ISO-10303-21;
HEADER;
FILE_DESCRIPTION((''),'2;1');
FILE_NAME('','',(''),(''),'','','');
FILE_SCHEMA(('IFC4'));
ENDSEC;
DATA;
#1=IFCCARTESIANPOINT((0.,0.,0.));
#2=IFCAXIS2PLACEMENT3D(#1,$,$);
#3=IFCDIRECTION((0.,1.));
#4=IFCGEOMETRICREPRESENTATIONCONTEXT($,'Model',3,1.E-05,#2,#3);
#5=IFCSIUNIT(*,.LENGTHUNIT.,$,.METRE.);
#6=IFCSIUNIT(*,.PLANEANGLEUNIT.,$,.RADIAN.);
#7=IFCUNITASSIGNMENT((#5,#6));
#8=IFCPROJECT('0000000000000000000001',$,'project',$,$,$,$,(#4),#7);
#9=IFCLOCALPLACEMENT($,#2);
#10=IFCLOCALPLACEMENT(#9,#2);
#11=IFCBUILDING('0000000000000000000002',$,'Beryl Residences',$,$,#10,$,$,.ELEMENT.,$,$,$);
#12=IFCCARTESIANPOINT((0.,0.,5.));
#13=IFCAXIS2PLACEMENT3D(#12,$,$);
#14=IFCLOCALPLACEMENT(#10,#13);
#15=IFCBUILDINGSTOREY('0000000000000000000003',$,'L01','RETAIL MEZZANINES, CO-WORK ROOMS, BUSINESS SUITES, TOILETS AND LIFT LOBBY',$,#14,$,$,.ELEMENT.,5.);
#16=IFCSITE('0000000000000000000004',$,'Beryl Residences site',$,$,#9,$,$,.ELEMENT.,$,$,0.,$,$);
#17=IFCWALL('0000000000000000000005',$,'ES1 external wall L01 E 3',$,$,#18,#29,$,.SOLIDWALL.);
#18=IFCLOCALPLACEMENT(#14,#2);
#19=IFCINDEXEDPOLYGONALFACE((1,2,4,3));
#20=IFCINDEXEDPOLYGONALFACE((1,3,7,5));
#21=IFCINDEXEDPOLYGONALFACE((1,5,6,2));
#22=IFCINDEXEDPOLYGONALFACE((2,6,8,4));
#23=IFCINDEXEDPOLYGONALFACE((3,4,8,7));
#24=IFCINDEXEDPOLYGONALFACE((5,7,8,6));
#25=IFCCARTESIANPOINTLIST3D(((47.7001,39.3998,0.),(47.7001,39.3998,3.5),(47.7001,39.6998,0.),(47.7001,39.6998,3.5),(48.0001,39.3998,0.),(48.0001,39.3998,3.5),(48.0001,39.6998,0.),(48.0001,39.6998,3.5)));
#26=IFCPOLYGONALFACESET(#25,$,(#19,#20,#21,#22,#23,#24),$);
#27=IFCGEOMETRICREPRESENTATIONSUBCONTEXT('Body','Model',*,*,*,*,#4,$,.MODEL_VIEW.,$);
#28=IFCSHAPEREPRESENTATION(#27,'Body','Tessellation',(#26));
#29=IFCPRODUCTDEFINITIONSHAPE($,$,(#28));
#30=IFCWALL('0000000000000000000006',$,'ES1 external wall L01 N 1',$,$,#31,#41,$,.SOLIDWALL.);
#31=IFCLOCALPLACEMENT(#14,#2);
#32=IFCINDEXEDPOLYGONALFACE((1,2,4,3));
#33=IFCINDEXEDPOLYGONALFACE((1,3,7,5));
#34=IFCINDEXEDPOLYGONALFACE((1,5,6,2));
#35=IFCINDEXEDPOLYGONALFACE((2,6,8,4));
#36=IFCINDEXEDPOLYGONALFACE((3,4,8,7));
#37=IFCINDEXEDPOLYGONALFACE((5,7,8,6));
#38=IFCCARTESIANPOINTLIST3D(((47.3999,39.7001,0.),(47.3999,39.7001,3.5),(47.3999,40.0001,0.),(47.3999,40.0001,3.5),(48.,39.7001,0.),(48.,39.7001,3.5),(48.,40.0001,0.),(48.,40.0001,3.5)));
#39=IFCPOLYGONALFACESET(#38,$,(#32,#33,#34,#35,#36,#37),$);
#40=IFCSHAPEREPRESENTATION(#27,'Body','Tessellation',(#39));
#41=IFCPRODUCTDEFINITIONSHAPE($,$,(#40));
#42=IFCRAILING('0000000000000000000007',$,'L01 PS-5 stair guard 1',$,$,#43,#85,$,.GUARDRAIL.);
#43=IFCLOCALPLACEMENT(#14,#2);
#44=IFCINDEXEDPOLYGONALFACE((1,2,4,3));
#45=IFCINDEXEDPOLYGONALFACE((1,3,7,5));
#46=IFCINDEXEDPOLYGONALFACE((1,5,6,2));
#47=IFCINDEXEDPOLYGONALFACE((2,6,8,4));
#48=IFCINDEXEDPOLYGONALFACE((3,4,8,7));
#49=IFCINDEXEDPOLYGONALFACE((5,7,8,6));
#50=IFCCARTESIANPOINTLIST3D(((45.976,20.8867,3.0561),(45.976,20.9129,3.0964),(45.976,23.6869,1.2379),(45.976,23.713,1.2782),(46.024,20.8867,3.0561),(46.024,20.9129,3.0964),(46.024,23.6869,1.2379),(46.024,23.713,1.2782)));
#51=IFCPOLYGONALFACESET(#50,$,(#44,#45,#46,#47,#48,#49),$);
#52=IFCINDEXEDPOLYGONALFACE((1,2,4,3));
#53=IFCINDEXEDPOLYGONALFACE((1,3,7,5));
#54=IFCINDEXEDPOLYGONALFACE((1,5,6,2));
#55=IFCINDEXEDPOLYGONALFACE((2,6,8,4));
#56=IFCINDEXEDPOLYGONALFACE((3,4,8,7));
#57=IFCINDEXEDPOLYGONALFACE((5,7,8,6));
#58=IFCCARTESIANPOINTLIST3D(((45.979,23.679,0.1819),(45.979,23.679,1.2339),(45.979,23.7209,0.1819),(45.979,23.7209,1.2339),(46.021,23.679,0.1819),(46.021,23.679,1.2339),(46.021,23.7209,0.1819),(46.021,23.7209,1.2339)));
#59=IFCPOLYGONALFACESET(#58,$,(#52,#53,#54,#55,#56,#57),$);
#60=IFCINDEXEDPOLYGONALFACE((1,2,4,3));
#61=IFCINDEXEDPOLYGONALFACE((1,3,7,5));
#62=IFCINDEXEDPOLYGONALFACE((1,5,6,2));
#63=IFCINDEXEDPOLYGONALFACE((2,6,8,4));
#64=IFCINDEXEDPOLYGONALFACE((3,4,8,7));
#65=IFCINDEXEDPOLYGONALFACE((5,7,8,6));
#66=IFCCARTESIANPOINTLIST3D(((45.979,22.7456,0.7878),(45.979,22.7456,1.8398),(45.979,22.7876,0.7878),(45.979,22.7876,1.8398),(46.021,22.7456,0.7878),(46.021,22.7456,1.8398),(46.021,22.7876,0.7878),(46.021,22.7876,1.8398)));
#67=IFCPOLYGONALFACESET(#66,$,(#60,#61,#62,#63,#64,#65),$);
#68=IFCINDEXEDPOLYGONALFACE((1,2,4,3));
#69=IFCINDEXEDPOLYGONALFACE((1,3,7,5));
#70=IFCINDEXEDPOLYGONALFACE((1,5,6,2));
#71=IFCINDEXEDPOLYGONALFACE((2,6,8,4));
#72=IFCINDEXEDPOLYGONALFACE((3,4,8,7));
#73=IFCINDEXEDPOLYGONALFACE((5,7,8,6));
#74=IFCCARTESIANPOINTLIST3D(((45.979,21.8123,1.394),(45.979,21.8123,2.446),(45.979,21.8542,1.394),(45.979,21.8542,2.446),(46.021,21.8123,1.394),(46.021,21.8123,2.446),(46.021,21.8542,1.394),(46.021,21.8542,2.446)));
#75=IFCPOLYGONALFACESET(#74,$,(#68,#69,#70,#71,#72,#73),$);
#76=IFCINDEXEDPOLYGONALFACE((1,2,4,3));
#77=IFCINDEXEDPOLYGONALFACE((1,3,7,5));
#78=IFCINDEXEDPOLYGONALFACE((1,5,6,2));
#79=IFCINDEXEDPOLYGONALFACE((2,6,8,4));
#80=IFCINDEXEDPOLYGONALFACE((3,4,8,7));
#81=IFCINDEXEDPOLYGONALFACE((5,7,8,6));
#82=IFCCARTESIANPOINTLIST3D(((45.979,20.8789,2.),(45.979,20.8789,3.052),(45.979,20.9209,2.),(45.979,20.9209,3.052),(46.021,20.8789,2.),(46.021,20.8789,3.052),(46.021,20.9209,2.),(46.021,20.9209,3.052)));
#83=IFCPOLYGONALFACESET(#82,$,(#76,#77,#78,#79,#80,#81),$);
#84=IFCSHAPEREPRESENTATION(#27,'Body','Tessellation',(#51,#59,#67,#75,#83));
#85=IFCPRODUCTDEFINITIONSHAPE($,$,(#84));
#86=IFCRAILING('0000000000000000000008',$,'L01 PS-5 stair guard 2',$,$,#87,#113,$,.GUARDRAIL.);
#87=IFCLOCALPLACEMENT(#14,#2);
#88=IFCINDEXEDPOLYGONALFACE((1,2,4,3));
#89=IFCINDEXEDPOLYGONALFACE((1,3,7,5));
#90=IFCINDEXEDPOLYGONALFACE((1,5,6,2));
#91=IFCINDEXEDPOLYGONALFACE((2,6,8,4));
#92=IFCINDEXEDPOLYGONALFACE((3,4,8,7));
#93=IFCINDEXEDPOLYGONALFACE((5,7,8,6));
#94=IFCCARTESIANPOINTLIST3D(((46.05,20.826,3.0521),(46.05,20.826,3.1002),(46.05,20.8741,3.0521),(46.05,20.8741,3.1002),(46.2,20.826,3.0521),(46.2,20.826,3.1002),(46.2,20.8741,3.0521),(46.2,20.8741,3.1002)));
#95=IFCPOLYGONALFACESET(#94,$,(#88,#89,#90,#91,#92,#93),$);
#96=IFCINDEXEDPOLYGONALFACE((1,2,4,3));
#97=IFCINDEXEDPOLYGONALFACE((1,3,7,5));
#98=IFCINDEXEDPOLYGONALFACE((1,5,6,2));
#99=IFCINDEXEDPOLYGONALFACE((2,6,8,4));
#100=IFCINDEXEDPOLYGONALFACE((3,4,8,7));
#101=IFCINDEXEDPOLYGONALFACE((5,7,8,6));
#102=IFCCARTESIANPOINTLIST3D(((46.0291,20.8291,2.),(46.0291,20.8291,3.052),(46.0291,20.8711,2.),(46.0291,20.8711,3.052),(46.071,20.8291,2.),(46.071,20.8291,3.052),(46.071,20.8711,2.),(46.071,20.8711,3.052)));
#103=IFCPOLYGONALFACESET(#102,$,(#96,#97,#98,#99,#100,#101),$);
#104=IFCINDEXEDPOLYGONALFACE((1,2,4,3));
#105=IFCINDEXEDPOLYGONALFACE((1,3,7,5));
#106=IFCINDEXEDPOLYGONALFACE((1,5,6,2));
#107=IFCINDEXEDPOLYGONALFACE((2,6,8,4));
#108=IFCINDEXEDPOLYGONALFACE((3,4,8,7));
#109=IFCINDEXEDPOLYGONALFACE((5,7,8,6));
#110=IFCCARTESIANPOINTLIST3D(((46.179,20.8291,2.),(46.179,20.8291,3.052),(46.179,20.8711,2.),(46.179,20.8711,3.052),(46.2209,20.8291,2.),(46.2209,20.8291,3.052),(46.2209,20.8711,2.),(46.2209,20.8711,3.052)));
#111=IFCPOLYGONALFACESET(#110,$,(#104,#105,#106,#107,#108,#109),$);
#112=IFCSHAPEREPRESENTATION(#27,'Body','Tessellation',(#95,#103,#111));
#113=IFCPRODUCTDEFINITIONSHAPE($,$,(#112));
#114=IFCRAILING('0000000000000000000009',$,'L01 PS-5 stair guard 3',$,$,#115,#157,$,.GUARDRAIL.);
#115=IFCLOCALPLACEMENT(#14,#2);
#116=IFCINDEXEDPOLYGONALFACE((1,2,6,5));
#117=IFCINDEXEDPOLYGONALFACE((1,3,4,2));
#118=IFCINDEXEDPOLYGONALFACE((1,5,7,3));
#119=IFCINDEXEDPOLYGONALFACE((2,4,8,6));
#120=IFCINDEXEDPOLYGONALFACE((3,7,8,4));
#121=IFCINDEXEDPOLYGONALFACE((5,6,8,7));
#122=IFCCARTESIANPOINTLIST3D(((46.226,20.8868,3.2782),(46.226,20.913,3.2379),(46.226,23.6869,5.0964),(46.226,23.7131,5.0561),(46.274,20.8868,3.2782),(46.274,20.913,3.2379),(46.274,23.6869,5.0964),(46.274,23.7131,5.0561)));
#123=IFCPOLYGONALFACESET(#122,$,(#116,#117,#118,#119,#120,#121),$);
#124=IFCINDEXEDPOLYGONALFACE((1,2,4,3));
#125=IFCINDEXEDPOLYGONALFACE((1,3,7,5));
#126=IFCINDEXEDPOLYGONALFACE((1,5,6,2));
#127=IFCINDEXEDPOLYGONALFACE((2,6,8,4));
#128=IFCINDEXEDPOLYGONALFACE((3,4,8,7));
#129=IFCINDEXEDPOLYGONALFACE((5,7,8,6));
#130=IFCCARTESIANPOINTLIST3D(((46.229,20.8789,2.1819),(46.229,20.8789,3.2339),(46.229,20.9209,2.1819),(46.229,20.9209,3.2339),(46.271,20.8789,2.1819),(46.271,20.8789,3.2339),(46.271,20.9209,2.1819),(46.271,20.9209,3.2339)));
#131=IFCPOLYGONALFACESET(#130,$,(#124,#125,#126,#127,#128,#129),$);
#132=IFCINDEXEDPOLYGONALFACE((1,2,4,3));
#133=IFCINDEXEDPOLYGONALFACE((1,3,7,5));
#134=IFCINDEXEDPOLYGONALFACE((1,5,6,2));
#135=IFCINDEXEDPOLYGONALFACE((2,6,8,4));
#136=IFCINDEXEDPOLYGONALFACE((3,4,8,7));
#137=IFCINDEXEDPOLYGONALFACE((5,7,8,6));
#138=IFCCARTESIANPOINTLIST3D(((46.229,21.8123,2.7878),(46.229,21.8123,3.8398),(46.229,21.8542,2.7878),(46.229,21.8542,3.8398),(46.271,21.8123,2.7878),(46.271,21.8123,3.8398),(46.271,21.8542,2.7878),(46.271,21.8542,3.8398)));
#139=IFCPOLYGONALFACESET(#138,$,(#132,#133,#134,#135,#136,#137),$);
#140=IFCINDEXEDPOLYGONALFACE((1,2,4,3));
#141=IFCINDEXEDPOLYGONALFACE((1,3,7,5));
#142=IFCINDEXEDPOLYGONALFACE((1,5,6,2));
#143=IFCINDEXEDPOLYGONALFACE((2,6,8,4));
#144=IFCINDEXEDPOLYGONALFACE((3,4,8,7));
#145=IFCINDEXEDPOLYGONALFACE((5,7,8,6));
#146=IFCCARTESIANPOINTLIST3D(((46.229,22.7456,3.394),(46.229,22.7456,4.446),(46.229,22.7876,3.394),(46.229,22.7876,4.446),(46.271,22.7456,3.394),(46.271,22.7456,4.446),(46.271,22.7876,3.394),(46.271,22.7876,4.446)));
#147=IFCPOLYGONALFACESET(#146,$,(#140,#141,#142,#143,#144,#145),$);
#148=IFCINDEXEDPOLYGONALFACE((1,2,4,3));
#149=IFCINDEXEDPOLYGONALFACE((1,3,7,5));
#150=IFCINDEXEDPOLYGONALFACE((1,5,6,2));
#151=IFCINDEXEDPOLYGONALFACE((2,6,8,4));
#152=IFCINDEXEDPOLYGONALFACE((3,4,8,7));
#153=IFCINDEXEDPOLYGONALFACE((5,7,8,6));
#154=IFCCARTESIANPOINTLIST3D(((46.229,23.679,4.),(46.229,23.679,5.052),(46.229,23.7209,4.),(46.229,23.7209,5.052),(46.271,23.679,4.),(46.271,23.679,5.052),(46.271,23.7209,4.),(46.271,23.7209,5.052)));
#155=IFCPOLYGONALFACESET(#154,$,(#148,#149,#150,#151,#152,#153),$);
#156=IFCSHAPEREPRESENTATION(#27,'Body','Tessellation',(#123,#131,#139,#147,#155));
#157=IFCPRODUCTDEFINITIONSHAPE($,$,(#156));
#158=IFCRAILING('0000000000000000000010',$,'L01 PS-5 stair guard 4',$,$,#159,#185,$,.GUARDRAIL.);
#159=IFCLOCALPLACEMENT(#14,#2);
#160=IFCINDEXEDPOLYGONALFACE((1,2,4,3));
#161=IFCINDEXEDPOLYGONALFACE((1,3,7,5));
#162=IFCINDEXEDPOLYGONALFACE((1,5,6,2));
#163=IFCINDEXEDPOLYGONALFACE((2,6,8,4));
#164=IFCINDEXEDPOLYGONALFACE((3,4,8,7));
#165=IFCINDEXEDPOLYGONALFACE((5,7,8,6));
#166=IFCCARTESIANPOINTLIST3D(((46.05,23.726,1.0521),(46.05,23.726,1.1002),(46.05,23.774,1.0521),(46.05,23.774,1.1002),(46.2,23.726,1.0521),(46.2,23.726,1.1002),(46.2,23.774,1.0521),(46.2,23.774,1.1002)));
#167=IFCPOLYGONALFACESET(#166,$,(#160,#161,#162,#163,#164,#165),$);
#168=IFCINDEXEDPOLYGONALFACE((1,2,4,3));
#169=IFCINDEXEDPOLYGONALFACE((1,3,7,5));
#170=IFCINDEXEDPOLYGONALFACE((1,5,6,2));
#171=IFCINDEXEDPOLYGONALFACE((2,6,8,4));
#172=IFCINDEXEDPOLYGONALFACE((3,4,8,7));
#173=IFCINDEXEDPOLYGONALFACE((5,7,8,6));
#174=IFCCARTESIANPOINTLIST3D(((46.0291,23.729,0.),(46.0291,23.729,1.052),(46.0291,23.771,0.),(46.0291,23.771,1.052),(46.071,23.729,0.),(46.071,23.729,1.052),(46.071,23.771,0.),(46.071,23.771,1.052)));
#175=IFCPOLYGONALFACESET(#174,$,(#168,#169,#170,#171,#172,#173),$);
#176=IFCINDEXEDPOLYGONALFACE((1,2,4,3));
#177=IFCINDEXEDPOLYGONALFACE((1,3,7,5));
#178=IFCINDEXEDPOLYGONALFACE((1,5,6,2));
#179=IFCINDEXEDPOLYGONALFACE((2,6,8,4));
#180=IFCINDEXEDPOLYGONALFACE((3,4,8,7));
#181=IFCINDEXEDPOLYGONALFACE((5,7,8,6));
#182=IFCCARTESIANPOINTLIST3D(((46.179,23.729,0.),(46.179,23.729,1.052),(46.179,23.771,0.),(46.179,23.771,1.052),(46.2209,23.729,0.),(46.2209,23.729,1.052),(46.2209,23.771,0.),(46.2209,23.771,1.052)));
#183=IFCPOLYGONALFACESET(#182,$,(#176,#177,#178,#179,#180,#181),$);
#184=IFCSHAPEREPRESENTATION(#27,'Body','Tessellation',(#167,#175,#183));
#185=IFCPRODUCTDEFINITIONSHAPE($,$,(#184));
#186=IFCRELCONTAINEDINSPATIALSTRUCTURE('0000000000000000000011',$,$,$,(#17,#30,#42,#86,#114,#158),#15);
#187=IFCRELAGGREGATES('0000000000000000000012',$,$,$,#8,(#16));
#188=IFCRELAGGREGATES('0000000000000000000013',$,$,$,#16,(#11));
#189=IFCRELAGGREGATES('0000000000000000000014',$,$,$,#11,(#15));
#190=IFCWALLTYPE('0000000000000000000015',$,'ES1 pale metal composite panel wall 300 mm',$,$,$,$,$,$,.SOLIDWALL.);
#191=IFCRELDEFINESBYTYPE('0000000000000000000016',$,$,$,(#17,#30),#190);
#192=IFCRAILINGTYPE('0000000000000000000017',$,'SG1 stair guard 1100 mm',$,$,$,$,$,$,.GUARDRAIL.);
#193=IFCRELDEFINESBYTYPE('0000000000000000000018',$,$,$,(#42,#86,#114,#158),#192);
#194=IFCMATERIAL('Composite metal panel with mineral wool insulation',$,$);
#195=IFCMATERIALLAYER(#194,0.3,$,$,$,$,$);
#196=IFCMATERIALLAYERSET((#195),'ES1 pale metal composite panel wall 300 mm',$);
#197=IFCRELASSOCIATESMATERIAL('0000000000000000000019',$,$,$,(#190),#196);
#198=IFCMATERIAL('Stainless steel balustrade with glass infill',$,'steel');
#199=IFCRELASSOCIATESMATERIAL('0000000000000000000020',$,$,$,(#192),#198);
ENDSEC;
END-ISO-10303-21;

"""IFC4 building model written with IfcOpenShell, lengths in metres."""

from ifc_helpers import new_model, si_unit, direction, frame, frame_2d, origin, origin_2d, place, context, subcontext, project, spatial, rectangle, extrude, material, layer, layer_set, type_object, element, save


model = new_model("IFC4")

# Units and contexts
model_context = context("Model", 3, precision=1e-05, world=origin(), true_north=direction((0.0, 1.0)))
body_context = subcontext(model_context, "Body", "Model", "MODEL_VIEW")
ifc_project = project(units=[si_unit("LENGTHUNIT", "METRE"), si_unit("PLANEANGLEUNIT", "RADIAN")], contexts=[model_context])

# Site, building, storey
site_placement = place(None, origin())
site = spatial("IfcSite", under=ifc_project, at=site_placement, Name="Beryl Residences site", CompositionType="ELEMENT", RefElevation=0.0)
building_placement = place(site_placement, origin())
building = spatial("IfcBuilding", under=site, at=building_placement, Name="Beryl Residences", CompositionType="ELEMENT")
storey_placement = place(building_placement, frame((0.0, 0.0, 5.0)))
storey = spatial("IfcBuildingStorey", under=building, at=storey_placement, Name="L01", Description="RETAIL MEZZANINES, CO-WORK ROOMS, BUSINESS SUITES, TOILETS AND LIFT LOBBY", CompositionType="ELEMENT", Elevation=5.0)

# Walls
ifc_material_1 = material(Name="Composite metal panel with mineral wool insulation")
ifc_layer = layer(ifc_material_1, 0.3)
ifc_layer_set = layer_set([ifc_layer], Name="ES1 pale metal composite panel wall 300 mm")
wall_type = type_object("IfcWallType", Name="ES1 pale metal composite panel wall 300 mm", PredefinedType="SOLIDWALL", material=ifc_layer_set)
wall_1_placement = place(storey_placement, frame((47.8501, 39.3999, 0.0), z_axis=(0.0, 0.0, 1.0), x_axis=(0.0, 1.0, 0.0)))
element("IfcWall", 1, at=wall_1_placement, inside=storey, type_object=wall_type, Name="ES1 external wall L01 E 3", PredefinedType="SOLIDWALL", context=body_context, shape_type="SweptSolid", body=[
    extrude(rectangle(XDim=0.3, YDim=0.3, at=frame_2d((0.1499, 0.0))), origin(), (0.0, 0.0, 1.0), 3.5),
])
wall_2_placement = place(storey_placement, frame((48.0, 39.8501, 0.0), z_axis=(0.0, 0.0, 1.0), x_axis=(-1.0, 0.0, 0.0)))
element("IfcWall", 2, at=wall_2_placement, inside=storey, type_object=wall_type, Name="ES1 external wall L01 N 1", PredefinedType="SOLIDWALL", context=body_context, shape_type="SweptSolid", body=[
    extrude(rectangle(XDim=0.6001, YDim=0.3, at=frame_2d((0.3, 0.0))), origin(), (0.0, 0.0, 1.0), 3.5),
])

# Railings
ifc_material_2 = material(Name="Stainless steel balustrade with glass infill", Category="steel")
railing_type_1 = type_object("IfcRailingType", Name="SG1 stair guard 1100 mm", PredefinedType="GUARDRAIL", material=ifc_material_2)
railing_1_placement = place(storey_placement, frame((46.0, 23.7, 0.1819)))
element("IfcRailing", 3, at=railing_1_placement, inside=storey, type_object=railing_type_1, Name="L01 PS-5 stair guard 1", PredefinedType="GUARDRAIL", context=body_context, shape_type="SweptSolid", body=[
    extrude(rectangle(XDim=0.0481, YDim=0.0481, at=origin_2d()), frame((0.0, 0.0, 1.0762), z_axis=(0.0, -0.838706, 0.544585), x_axis=(1.0, 0.0, 0.0)), (0.0, 0.0, 1.0), 3.3386),
    extrude(rectangle(XDim=0.042, YDim=0.042, at=origin_2d()), origin(), (0.0, 0.0, 1.0), 1.052),
    extrude(rectangle(XDim=0.042, YDim=0.042, at=origin_2d()), frame((0.0, -0.9333, 0.606)), (0.0, 0.0, 1.0), 1.052),
    extrude(rectangle(XDim=0.042, YDim=0.042, at=origin_2d()), frame((0.0, -1.8667, 1.2122)), (0.0, 0.0, 1.0), 1.052),
    extrude(rectangle(XDim=0.042, YDim=0.042, at=origin_2d()), frame((0.0, -2.8, 1.8181)), (0.0, 0.0, 1.0), 1.052),
])
railing_2_placement = place(storey_placement, frame((46.05, 20.8501, 2.0)))
element("IfcRailing", 4, at=railing_2_placement, inside=storey, type_object=railing_type_1, Name="L01 PS-5 stair guard 2", PredefinedType="GUARDRAIL", context=body_context, shape_type="SweptSolid", body=[
    extrude(rectangle(XDim=0.0481, YDim=0.0481, at=origin_2d()), frame((0.0, 0.0, 1.0762), z_axis=(1.0, 0.0, 0.0), x_axis=(0.0, 1.0, 0.0)), (0.0, 0.0, 1.0), 0.1499),
    extrude(rectangle(XDim=0.042, YDim=0.042, at=origin_2d()), origin(), (0.0, 0.0, 1.0), 1.052),
    extrude(rectangle(XDim=0.042, YDim=0.042, at=origin_2d()), frame((0.1499, 0.0, 0.0)), (0.0, 0.0, 1.0), 1.052),
])
railing_3_placement = place(storey_placement, frame((46.25, 20.8999, 2.1819)))
element("IfcRailing", 5, at=railing_3_placement, inside=storey, type_object=railing_type_1, Name="L01 PS-5 stair guard 3", PredefinedType="GUARDRAIL", context=body_context, shape_type="SweptSolid", body=[
    extrude(rectangle(XDim=0.0481, YDim=0.0481, at=origin_2d()), frame((0.0, 0.0, 1.0762), z_axis=(0.0, 0.838706, 0.544585), x_axis=(-1.0, 0.0, 0.0)), (0.0, 0.0, 1.0), 3.3386),
    extrude(rectangle(XDim=0.042, YDim=0.042, at=origin_2d()), origin(), (0.0, 0.0, 1.0), 1.052),
    extrude(rectangle(XDim=0.042, YDim=0.042, at=origin_2d()), frame((0.0, 0.9333, 0.606)), (0.0, 0.0, 1.0), 1.052),
    extrude(rectangle(XDim=0.042, YDim=0.042, at=origin_2d()), frame((0.0, 1.8667, 1.2122)), (0.0, 0.0, 1.0), 1.052),
    extrude(rectangle(XDim=0.042, YDim=0.042, at=origin_2d()), frame((0.0, 2.8, 1.8181)), (0.0, 0.0, 1.0), 1.052),
])
railing_4_placement = place(storey_placement, frame((46.05, 23.75, 0.0)))
element("IfcRailing", 6, at=railing_4_placement, inside=storey, type_object=railing_type_1, Name="L01 PS-5 stair guard 4", PredefinedType="GUARDRAIL", context=body_context, shape_type="SweptSolid", body=[
    extrude(rectangle(XDim=0.0481, YDim=0.0481, at=origin_2d()), frame((0.0, 0.0, 1.0762), z_axis=(1.0, 0.0, 0.0), x_axis=(0.0, 1.0, 0.0)), (0.0, 0.0, 1.0), 0.1499),
    extrude(rectangle(XDim=0.042, YDim=0.042, at=origin_2d()), origin(), (0.0, 0.0, 1.0), 1.052),
    extrude(rectangle(XDim=0.042, YDim=0.042, at=origin_2d()), frame((0.1499, 0.0, 0.0)), (0.0, 0.0, 1.0), 1.052),
])

save(model, "model.ifc")
